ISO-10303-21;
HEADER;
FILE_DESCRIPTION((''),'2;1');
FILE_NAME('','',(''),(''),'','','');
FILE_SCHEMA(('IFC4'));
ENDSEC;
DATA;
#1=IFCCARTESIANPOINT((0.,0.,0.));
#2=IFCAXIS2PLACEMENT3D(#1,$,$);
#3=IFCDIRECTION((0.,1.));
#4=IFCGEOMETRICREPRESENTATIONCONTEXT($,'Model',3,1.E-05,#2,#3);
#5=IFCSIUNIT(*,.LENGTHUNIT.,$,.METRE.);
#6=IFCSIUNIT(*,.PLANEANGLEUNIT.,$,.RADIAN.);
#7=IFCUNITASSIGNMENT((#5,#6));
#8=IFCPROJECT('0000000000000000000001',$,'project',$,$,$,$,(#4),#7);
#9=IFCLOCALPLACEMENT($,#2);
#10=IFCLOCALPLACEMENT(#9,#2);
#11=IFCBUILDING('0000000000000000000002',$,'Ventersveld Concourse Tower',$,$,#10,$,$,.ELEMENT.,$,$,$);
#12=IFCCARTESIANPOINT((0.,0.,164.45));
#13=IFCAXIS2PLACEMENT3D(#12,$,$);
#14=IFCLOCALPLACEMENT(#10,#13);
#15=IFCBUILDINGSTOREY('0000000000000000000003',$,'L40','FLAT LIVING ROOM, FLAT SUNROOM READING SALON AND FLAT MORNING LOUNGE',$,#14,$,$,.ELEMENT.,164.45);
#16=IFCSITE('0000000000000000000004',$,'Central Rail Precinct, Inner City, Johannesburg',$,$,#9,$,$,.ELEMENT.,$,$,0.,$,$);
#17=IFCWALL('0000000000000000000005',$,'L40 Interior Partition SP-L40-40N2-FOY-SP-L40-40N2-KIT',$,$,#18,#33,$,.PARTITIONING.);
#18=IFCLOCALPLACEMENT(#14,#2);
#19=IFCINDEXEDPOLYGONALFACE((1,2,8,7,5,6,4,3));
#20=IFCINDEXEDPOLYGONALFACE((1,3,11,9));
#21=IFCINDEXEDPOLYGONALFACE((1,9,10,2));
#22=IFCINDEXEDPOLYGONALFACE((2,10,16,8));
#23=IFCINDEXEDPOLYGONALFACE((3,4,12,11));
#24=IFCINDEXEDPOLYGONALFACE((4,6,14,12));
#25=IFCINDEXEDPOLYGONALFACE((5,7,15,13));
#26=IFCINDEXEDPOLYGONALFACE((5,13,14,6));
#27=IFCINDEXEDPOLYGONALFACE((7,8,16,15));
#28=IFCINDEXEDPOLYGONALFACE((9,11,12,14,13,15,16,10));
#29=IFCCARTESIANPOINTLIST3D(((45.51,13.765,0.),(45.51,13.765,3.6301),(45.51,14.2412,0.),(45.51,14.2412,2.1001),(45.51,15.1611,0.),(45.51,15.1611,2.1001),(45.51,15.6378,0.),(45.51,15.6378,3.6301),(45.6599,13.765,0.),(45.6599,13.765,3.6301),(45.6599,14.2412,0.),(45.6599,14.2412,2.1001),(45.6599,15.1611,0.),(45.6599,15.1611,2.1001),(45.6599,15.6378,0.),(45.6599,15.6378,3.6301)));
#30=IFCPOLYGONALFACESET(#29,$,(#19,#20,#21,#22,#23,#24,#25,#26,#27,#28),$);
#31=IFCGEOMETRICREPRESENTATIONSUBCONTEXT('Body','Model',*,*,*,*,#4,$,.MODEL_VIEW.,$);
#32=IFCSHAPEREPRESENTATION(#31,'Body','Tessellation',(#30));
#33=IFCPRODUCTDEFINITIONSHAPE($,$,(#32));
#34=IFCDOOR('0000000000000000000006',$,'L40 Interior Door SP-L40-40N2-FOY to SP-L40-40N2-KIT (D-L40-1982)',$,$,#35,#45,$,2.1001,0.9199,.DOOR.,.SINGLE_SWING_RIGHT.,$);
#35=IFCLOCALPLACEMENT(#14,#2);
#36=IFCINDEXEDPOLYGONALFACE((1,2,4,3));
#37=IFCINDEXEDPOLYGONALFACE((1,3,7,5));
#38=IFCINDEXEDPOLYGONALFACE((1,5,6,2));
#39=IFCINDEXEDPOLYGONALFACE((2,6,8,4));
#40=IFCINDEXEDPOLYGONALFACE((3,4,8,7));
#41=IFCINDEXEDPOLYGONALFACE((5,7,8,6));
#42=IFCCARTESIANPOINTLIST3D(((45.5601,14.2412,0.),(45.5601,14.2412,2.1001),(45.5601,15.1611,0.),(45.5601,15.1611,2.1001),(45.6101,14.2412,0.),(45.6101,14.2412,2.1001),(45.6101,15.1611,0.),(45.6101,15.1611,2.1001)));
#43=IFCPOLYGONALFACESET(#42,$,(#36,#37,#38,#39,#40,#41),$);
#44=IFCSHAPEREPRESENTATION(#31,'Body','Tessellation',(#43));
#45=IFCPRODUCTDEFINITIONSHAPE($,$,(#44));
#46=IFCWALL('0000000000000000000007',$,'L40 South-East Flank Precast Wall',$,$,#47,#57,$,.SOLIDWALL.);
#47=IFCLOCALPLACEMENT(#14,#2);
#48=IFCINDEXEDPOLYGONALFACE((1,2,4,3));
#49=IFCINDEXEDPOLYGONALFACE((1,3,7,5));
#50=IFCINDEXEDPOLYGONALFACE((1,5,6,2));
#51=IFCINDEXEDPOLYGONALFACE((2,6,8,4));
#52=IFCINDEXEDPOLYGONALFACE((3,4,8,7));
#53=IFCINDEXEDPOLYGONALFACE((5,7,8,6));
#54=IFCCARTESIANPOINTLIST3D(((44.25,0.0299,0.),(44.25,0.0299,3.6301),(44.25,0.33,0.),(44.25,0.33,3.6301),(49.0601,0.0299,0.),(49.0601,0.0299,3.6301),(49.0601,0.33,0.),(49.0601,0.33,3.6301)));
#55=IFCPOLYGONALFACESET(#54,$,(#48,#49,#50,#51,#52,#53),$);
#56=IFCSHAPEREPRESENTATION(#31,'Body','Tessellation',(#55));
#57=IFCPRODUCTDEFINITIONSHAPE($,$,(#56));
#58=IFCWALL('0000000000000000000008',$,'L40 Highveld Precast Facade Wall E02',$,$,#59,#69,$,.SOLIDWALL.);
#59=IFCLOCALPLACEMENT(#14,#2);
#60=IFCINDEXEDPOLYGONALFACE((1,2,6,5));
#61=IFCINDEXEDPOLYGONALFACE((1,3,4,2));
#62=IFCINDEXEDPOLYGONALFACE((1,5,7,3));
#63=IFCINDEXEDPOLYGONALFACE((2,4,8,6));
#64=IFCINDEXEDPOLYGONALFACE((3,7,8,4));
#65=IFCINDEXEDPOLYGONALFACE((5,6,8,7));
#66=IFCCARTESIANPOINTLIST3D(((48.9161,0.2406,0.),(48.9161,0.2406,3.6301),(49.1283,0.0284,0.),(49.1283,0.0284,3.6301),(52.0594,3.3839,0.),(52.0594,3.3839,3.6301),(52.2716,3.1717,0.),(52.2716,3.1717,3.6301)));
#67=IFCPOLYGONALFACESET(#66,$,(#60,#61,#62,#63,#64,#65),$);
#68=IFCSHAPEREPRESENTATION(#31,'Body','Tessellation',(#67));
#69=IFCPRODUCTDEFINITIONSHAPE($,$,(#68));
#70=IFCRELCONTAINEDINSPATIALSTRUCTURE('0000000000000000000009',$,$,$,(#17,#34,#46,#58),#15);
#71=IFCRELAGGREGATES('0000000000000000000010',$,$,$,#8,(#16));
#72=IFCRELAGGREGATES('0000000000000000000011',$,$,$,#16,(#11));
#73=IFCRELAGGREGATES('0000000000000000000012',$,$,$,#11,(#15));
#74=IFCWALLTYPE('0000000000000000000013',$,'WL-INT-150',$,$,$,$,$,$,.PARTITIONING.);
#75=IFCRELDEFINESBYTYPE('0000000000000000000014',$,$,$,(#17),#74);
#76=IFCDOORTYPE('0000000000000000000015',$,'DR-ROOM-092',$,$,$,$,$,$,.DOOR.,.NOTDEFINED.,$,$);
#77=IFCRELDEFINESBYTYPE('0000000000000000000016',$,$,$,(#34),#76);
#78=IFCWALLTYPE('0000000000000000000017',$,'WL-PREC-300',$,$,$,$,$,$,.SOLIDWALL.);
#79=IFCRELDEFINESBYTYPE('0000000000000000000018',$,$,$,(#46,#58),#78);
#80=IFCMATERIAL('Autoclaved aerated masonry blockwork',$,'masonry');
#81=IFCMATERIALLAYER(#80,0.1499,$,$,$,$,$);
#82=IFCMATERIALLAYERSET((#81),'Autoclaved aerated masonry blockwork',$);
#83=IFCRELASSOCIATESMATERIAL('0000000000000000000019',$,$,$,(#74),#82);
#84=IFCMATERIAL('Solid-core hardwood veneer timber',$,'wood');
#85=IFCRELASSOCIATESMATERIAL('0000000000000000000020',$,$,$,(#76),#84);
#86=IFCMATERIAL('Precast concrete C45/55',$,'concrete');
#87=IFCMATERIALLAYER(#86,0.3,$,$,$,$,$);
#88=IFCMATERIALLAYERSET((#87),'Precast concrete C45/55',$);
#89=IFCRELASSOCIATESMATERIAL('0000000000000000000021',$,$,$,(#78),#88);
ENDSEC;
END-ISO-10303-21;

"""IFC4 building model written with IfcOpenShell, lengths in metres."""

from ifc_helpers import new_model, si_unit, direction, frame, frame_2d, origin, place, context, subcontext, project, spatial, rectangle, extrude, material, layer, layer_set, type_object, element, fill, save


model = new_model("IFC4")

# Units and contexts
model_context = context("Model", 3, precision=1e-05, world=origin(), true_north=direction((0.0, 1.0)))
body_context = subcontext(model_context, "Body", "Model", "MODEL_VIEW")
ifc_project = project(units=[si_unit("LENGTHUNIT", "METRE"), si_unit("PLANEANGLEUNIT", "RADIAN")], contexts=[model_context])

# Site, building, storey
site_placement = place(None, origin())
site = spatial("IfcSite", under=ifc_project, at=site_placement, Name="Central Rail Precinct, Inner City, Johannesburg", CompositionType="ELEMENT", RefElevation=0.0)
building_placement = place(site_placement, origin())
building = spatial("IfcBuilding", under=site, at=building_placement, Name="Ventersveld Concourse Tower", CompositionType="ELEMENT")
storey_placement = place(building_placement, frame((0.0, 0.0, 164.45)))
storey = spatial("IfcBuildingStorey", under=building, at=storey_placement, Name="L40", Description="FLAT LIVING ROOM, FLAT SUNROOM READING SALON AND FLAT MORNING LOUNGE", CompositionType="ELEMENT", Elevation=164.45)

# Wall, opening, door
ifc_material_1 = material(Name="Autoclaved aerated masonry blockwork", Category="masonry")
ifc_layer_1 = layer(ifc_material_1, 0.1499)
ifc_layer_set_1 = layer_set([ifc_layer_1], Name="Autoclaved aerated masonry blockwork")
wall_type_1 = type_object("IfcWallType", Name="WL-INT-150", PredefinedType="PARTITIONING", material=ifc_layer_set_1)
wall_1_placement = place(storey_placement, frame((45.585, 13.7649, 0.0), z_axis=(0.0, 0.0, 1.0), x_axis=(0.0, 1.0, 0.0)))
wall_1 = element("IfcWall", 1, at=wall_1_placement, inside=storey, type_object=wall_type_1, Name="L40 Interior Partition SP-L40-40N2-FOY-SP-L40-40N2-KIT", PredefinedType="PARTITIONING", context=body_context, shape_type="SweptSolid", body=[
    extrude(rectangle(XDim=1.8728, YDim=0.1499, at=frame_2d((0.9365, 0.0))), origin(), (0.0, 0.0, 1.0), 3.6301),
])
opening_1_placement = place(wall_1_placement, frame((0.4763, 0.0, 0.0)))
opening_1 = element("IfcOpeningElement", 2, at=opening_1_placement, cuts=wall_1, PredefinedType="OPENING", context=body_context, shape_type="SweptSolid", body=[
    extrude(rectangle(XDim=0.9199, YDim=2.1001, at=frame_2d((0.46, 1.05))), frame((0.0, 0.085, 0.0), z_axis=(0.0, -1.0, 0.0), x_axis=(1.0, 0.0, 0.0)), (0.0, 0.0, 1.0), 0.1699),
])
ifc_material_2 = material(Name="Solid-core hardwood veneer timber", Category="wood")
door_type = type_object("IfcDoorType", Name="DR-ROOM-092", OperationType="NOTDEFINED", PredefinedType="DOOR", material=ifc_material_2)
door_placement = place(opening_1_placement, origin())
door = element("IfcDoor", 3, at=door_placement, inside=storey, type_object=door_type, Name="L40 Interior Door SP-L40-40N2-FOY to SP-L40-40N2-KIT (D-L40-1982)", OperationType="SINGLE_SWING_RIGHT", OverallHeight=2.1001, OverallWidth=0.9199, PredefinedType="DOOR", context=body_context, shape_type="SweptSolid", body=[
    extrude(rectangle(XDim=0.9199, YDim=2.1001, at=frame_2d((0.46, 1.05))), frame((0.0, 0.0249, 0.0), z_axis=(0.0, -1.0, 0.0), x_axis=(1.0, 0.0, 0.0)), (0.0, 0.0, 1.0), 0.05),
])
fill(opening_1, door)

# Walls
ifc_material_3 = material(Name="Precast concrete C45/55", Category="concrete")
ifc_layer_2 = layer(ifc_material_3, 0.3)
ifc_layer_set_2 = layer_set([ifc_layer_2], Name="Precast concrete C45/55")
wall_type_2 = type_object("IfcWallType", Name="WL-PREC-300", PredefinedType="SOLIDWALL", material=ifc_layer_set_2)
wall_2_placement = place(storey_placement, frame((44.25, 0.1799, 0.0), z_axis=(0.0, 0.0, 1.0), x_axis=(1.0, 0.0, 0.0)))
element("IfcWall", 4, at=wall_2_placement, inside=storey, type_object=wall_type_2, Name="L40 South-East Flank Precast Wall", PredefinedType="SOLIDWALL", context=body_context, shape_type="SweptSolid", body=[
    extrude(rectangle(XDim=4.8101, YDim=0.3, at=frame_2d((2.405, 0.0))), origin(), (0.0, 0.0, 1.0), 3.6301),
])
wall_3_placement = place(storey_placement, frame((49.0222, 0.1345, 0.0), z_axis=(0.0, 0.0, 1.0), x_axis=(0.707107, 0.707107, 0.0)))
element("IfcWall", 5, at=wall_3_placement, inside=storey, type_object=wall_type_2, Name="L40 Highveld Precast Facade Wall E02", PredefinedType="SOLIDWALL", context=body_context, shape_type="SweptSolid", body=[
    extrude(rectangle(XDim=4.4453, YDim=0.3, at=frame_2d((2.2227, 0.0))), origin(), (0.0, 0.0, 1.0), 3.6301),
])

save(model, "model.ifc")
